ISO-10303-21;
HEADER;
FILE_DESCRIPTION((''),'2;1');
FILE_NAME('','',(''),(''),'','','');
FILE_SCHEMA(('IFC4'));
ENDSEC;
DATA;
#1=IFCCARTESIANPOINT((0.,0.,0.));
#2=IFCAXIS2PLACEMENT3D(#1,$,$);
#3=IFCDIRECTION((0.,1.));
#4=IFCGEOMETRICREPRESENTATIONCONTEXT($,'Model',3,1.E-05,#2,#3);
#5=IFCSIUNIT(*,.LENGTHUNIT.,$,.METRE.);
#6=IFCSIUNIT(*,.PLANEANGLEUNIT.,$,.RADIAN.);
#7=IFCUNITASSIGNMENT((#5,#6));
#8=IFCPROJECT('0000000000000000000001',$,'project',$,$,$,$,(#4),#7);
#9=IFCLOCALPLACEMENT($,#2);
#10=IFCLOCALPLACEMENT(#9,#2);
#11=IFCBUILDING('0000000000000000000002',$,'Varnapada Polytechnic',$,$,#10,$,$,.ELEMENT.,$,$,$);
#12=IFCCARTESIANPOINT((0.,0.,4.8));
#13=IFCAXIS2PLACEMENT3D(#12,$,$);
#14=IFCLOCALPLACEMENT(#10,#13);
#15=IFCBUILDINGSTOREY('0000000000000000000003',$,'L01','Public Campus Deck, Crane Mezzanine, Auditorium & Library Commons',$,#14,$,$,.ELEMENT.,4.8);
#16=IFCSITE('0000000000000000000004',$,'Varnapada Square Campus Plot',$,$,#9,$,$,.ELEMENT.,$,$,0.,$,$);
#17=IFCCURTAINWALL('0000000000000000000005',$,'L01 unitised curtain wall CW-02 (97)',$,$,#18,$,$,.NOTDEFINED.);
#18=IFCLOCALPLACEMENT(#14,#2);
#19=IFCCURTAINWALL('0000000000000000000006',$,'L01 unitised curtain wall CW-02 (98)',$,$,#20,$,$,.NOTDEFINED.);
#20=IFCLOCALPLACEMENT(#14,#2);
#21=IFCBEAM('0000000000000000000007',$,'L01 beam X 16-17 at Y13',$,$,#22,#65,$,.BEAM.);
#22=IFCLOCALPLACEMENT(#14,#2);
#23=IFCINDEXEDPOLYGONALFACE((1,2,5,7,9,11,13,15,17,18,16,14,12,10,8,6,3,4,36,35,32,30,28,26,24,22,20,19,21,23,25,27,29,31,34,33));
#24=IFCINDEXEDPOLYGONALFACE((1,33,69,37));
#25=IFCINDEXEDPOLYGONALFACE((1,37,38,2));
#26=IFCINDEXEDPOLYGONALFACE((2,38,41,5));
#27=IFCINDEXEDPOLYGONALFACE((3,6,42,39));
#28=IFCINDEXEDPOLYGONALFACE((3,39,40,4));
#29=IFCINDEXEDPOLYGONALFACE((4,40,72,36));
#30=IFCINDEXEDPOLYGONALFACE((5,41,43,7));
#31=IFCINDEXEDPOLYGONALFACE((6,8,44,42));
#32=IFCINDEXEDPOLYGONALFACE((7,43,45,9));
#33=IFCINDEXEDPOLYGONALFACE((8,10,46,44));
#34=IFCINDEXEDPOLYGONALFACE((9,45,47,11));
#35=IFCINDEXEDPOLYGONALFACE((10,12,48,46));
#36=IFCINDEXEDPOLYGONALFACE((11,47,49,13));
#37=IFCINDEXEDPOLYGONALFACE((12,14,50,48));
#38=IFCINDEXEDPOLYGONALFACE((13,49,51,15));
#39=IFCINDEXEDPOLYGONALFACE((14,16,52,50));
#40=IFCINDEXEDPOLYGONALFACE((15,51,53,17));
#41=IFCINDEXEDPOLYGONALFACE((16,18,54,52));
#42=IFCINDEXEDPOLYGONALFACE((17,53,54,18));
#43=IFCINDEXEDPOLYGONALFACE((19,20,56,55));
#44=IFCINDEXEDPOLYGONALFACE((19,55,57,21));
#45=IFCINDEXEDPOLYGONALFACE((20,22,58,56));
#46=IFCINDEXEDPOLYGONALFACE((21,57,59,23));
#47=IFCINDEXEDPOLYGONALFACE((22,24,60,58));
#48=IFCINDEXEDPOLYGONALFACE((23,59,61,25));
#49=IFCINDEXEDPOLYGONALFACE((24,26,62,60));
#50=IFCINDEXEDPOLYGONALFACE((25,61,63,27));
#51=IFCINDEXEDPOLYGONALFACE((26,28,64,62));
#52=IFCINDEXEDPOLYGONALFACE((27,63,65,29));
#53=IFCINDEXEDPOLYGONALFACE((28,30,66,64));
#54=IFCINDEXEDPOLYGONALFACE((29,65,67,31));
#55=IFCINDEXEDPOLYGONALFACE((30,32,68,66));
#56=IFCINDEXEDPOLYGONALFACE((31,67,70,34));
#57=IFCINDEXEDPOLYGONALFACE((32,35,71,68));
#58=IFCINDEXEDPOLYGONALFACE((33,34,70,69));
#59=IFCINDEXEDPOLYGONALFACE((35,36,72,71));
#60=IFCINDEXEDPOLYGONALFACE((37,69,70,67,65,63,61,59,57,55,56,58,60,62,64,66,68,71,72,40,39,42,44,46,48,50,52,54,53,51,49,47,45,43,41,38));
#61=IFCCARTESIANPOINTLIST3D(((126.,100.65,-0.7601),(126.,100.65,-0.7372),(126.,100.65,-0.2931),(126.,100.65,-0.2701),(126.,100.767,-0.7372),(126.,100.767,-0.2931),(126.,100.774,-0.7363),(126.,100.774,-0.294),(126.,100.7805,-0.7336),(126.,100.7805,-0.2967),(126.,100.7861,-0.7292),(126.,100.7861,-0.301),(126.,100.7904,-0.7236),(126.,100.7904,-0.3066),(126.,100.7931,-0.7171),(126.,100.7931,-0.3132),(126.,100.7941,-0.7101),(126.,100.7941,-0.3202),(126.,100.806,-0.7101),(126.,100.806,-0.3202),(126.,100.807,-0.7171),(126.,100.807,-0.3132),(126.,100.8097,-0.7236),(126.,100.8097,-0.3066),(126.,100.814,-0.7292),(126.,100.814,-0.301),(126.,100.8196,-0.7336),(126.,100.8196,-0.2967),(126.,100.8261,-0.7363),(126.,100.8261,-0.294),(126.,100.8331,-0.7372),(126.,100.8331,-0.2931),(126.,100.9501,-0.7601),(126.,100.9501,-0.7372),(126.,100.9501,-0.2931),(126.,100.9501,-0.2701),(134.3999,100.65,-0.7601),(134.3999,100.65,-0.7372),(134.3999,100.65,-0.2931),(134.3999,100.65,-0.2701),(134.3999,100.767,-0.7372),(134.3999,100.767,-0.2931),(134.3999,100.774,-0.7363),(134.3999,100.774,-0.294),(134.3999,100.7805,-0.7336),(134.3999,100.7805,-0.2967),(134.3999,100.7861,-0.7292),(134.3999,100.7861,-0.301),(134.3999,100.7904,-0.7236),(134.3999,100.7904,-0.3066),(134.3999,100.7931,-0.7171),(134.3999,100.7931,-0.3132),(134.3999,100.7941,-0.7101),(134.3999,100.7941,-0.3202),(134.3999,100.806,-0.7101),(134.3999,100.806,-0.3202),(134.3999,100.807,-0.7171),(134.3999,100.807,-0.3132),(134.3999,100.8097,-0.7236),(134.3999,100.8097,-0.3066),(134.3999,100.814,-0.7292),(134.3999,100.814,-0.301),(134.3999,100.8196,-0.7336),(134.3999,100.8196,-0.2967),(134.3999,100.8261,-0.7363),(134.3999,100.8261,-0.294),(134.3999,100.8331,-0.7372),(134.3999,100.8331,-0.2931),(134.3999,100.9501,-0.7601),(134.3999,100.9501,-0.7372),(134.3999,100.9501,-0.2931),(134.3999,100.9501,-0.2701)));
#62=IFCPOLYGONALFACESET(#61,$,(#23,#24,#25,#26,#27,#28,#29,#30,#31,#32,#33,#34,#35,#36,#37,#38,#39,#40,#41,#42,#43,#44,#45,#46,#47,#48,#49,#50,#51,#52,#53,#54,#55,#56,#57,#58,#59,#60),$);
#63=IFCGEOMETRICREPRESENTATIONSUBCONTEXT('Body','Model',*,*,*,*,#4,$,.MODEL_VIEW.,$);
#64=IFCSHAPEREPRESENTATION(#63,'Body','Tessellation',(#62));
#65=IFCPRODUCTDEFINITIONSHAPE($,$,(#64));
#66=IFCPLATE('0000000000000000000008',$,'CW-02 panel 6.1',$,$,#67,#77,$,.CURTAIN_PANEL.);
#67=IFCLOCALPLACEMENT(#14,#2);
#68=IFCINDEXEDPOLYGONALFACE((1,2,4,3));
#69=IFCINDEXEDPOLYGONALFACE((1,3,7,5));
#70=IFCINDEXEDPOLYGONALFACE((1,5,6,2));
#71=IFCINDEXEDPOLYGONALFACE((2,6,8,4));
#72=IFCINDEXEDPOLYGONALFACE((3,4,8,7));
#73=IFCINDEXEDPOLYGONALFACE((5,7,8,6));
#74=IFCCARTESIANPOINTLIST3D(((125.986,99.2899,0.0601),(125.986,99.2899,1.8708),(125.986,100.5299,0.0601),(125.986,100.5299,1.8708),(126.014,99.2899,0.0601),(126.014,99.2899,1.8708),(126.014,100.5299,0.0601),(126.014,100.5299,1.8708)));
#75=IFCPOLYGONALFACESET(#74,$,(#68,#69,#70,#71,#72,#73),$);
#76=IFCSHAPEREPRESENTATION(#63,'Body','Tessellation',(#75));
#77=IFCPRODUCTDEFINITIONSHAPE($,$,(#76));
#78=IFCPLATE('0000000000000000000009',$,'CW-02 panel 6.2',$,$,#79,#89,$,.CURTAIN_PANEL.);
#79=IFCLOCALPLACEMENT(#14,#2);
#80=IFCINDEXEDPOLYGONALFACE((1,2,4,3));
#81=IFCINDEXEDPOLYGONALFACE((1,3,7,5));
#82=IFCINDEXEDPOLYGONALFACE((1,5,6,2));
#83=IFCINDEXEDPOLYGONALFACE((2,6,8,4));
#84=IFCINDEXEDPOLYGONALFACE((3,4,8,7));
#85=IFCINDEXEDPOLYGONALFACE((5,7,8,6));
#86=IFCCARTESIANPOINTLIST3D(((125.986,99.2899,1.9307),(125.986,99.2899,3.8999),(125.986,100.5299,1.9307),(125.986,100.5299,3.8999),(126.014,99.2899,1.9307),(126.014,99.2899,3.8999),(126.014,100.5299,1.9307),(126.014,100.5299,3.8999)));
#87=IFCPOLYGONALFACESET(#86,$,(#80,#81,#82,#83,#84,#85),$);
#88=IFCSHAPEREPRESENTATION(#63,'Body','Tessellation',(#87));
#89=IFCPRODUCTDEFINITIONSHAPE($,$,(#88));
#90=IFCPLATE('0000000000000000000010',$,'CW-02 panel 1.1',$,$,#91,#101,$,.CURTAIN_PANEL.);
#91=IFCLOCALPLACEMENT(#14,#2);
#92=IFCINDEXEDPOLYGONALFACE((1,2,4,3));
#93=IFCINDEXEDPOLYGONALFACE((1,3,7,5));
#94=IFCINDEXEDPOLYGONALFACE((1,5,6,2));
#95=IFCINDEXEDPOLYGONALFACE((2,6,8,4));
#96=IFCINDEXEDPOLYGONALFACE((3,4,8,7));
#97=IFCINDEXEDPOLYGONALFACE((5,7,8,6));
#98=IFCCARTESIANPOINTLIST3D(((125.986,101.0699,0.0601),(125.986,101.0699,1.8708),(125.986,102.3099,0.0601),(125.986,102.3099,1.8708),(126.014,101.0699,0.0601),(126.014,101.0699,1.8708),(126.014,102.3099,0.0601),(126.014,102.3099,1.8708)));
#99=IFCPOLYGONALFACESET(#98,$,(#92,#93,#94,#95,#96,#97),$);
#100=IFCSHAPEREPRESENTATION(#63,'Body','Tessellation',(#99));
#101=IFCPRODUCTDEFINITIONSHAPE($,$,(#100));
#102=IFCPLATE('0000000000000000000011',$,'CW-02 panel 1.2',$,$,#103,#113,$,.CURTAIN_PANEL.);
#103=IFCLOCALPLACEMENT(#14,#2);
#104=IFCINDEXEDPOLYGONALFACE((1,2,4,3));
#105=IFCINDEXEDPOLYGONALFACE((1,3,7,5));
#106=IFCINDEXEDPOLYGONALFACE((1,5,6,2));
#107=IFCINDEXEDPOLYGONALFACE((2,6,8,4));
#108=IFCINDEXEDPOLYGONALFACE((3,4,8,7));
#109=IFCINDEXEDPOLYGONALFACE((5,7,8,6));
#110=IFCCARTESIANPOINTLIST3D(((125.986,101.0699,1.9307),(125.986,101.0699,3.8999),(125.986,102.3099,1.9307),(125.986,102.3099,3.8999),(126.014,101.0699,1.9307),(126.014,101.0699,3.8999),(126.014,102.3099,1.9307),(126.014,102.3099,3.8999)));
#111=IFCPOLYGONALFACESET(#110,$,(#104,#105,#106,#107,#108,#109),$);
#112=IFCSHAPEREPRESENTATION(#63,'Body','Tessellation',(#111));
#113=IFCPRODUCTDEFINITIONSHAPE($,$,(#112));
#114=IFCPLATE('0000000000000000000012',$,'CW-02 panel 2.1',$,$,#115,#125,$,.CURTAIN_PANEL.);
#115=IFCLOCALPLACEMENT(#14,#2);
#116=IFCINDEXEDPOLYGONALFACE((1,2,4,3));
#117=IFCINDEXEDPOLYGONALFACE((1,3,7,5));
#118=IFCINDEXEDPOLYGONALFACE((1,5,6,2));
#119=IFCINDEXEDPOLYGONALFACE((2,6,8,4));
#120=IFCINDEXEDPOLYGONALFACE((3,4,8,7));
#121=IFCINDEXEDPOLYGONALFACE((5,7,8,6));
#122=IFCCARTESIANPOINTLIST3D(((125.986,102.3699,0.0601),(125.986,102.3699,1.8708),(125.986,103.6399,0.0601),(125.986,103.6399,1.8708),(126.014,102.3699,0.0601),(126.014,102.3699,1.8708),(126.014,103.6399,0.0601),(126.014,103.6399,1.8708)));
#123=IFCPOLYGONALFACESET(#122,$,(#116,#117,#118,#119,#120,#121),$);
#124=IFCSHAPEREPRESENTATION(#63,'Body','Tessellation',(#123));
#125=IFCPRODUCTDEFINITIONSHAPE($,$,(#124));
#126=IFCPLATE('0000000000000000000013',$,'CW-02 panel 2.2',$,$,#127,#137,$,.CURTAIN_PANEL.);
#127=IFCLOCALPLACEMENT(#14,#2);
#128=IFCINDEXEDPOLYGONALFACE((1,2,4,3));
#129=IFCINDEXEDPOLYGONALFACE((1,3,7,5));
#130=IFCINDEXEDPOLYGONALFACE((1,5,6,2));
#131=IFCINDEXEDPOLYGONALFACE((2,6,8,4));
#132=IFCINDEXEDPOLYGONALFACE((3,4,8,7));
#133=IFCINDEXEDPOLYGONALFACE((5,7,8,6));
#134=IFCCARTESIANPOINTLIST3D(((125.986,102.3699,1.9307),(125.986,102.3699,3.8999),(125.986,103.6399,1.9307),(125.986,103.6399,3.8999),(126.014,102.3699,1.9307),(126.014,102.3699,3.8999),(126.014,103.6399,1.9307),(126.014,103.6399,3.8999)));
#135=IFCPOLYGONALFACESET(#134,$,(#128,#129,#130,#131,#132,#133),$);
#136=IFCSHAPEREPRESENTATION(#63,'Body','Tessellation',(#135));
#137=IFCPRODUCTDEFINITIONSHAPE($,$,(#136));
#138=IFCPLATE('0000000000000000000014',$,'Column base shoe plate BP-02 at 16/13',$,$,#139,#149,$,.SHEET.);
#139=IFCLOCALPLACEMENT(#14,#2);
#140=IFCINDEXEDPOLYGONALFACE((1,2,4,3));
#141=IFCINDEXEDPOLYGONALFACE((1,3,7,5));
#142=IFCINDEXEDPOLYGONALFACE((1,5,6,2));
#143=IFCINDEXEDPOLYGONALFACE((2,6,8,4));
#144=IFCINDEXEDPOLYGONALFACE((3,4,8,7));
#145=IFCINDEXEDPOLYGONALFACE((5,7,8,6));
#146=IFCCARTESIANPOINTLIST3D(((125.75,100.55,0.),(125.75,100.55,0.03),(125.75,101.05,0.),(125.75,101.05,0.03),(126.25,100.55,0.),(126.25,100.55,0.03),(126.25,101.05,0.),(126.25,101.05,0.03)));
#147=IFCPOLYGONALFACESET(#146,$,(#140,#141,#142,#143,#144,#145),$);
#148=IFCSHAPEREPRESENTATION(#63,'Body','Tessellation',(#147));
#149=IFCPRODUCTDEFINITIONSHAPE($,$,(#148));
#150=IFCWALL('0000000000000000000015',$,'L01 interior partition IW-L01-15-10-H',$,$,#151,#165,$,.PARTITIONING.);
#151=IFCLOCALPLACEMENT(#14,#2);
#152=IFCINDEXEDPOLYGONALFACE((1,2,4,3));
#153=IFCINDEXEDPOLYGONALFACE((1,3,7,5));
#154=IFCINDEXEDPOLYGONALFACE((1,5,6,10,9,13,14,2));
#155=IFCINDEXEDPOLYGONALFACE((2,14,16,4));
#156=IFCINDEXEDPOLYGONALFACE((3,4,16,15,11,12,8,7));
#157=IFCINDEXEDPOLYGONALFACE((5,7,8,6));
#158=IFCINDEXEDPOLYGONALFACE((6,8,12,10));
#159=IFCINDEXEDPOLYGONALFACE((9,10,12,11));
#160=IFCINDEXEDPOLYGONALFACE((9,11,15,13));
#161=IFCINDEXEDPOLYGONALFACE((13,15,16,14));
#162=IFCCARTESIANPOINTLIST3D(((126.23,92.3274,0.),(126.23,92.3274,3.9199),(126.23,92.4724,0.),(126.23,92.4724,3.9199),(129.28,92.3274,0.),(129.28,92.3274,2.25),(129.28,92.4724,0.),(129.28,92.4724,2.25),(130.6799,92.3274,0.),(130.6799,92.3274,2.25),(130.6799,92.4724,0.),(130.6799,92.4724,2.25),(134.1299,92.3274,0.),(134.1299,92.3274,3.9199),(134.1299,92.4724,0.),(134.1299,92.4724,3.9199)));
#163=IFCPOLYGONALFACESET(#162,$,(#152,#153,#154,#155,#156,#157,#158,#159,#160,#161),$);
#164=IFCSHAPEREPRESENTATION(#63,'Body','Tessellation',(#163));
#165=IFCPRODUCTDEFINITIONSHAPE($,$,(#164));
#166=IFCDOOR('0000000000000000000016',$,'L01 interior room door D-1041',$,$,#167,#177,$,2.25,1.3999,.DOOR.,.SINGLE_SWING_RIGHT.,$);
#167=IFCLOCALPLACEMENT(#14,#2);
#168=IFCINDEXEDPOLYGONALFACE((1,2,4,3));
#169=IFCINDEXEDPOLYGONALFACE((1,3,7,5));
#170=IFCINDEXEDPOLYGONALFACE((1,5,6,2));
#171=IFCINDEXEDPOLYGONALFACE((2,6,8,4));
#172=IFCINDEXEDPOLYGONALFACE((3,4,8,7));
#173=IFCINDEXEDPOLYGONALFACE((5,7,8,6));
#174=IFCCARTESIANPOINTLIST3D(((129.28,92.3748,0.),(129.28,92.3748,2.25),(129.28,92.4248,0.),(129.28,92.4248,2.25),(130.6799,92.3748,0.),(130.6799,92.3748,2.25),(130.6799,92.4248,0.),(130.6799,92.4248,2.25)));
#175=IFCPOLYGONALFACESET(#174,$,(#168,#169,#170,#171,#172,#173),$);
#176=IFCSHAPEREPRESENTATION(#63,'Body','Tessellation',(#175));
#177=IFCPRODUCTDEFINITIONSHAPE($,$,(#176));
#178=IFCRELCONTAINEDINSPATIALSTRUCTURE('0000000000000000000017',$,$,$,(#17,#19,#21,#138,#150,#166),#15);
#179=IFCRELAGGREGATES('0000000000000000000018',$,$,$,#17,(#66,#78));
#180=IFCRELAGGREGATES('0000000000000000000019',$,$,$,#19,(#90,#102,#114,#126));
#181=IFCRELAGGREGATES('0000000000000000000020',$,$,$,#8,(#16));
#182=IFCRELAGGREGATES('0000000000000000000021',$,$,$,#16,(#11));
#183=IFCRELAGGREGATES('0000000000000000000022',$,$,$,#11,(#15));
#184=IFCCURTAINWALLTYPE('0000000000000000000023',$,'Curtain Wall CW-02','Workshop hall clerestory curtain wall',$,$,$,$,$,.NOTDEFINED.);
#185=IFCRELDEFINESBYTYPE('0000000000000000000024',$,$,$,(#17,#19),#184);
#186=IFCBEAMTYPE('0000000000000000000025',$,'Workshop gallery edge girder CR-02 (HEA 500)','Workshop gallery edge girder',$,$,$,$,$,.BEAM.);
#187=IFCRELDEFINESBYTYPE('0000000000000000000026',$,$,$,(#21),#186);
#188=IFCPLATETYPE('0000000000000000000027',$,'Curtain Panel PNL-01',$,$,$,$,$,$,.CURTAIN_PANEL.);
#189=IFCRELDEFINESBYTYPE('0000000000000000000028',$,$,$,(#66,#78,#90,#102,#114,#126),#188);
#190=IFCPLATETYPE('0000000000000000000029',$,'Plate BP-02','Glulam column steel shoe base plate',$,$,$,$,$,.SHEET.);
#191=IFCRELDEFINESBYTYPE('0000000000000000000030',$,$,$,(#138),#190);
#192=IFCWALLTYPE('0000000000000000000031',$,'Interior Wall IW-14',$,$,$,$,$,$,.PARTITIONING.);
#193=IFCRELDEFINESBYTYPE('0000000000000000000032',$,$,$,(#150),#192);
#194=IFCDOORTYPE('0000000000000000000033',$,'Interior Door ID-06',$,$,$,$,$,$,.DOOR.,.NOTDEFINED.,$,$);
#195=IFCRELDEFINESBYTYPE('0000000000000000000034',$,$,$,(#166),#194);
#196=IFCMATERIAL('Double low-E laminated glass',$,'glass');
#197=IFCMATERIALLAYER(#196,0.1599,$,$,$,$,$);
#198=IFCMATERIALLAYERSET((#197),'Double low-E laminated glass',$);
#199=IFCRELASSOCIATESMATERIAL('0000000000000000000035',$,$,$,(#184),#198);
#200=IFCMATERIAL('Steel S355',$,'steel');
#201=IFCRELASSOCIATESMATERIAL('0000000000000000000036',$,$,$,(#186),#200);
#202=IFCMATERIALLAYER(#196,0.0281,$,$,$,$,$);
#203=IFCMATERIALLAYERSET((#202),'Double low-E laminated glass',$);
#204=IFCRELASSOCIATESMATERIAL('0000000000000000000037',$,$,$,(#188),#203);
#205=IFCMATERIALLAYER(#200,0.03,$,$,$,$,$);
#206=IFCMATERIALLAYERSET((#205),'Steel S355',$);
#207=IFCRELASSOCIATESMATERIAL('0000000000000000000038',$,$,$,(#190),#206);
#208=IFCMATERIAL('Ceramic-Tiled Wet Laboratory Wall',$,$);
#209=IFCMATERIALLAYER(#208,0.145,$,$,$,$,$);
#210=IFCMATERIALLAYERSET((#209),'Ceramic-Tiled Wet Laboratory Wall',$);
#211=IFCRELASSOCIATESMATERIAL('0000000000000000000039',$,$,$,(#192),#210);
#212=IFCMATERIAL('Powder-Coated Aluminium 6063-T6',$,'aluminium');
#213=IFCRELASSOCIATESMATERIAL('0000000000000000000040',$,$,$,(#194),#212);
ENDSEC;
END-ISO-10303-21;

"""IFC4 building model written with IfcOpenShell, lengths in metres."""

from ifc_helpers import new_model, si_unit, direction, frame, frame_2d, origin, origin_2d, place, context, subcontext, project, spatial, rectangle, i_section, extrude, material, layer, layer_set, material_profile, profile_set, type_object, element, fill, aggregate, save


model = new_model("IFC4")

# Units and contexts
model_context = context("Model", 3, precision=1e-05, world=origin(), true_north=direction((0.0, 1.0)))
body_context = subcontext(model_context, "Body", "Model", "MODEL_VIEW")
ifc_project = project(units=[si_unit("LENGTHUNIT", "METRE"), si_unit("PLANEANGLEUNIT", "RADIAN")], contexts=[model_context])

# Site, building, storey
site_placement = place(None, origin())
site = spatial("IfcSite", under=ifc_project, at=site_placement, Name="Varnapada Square Campus Plot", CompositionType="ELEMENT", RefElevation=0.0)
building_placement = place(site_placement, origin())
building = spatial("IfcBuilding", under=site, at=building_placement, Name="Varnapada Polytechnic", CompositionType="ELEMENT")
storey_placement = place(building_placement, frame((0.0, 0.0, 4.8)))
storey = spatial("IfcBuildingStorey", under=building, at=storey_placement, Name="L01", Description="Public Campus Deck, Crane Mezzanine, Auditorium & Library Commons", CompositionType="ELEMENT", Elevation=4.8)

# Shared definitions
ifc_material_1 = material(Name="Steel S355", Category="steel")

# Curtain wall
ifc_material_2 = material(Name="Double low-E laminated glass", Category="glass")
ifc_layer_1 = layer(ifc_material_2, 0.1599)
ifc_layer_set_1 = layer_set([ifc_layer_1], Name="Double low-E laminated glass")
curtain_wall_type = type_object("IfcCurtainWallType", Name="Curtain Wall CW-02", Description="Workshop hall clerestory curtain wall", PredefinedType="NOTDEFINED", material=ifc_layer_set_1)
curtain_wall_1_placement = place(storey_placement, origin())
curtain_wall_1 = element("IfcCurtainWall", 1, at=curtain_wall_1_placement, inside=storey, type_object=curtain_wall_type, Name="L01 unitised curtain wall CW-02 (97)", PredefinedType="NOTDEFINED")

# Curtain wall
curtain_wall_2_placement = place(storey_placement, origin())
curtain_wall_2 = element("IfcCurtainWall", 2, at=curtain_wall_2_placement, inside=storey, type_object=curtain_wall_type, Name="L01 unitised curtain wall CW-02 (98)", PredefinedType="NOTDEFINED")

# Beam
ifc_material_profile_1 = material_profile(ifc_material_1, i_section(OverallWidth=0.3, OverallDepth=0.49, WebThickness=0.012, FlangeThickness=0.0229, FilletRadius=0.0271, at=origin_2d()), Name="HEA 500")
ifc_profile_set_1 = profile_set([ifc_material_profile_1], Name="Steel S355")
beam_type_1 = type_object("IfcBeamType", Name="Workshop gallery edge girder CR-02 (HEA 500)", Description="Workshop gallery edge girder", PredefinedType="BEAM", material=ifc_profile_set_1)
beam_1_placement = place(storey_placement, frame((126.0, 100.8, -0.5151), z_axis=(1.0, 0.0, 0.0), x_axis=(0.0, 1.0, 0.0)))
element("IfcBeam", 3, at=beam_1_placement, inside=storey, type_object=beam_type_1, Name="L01 beam X 16-17 at Y13", PredefinedType="BEAM", context=body_context, shape_type="SweptSolid", body=[
    extrude(i_section(OverallWidth=0.3, OverallDepth=0.49, WebThickness=0.012, FlangeThickness=0.0229, FilletRadius=0.0271, at=origin_2d()), origin(), (0.0, 0.0, 1.0), 8.3999),
])

# Plates
ifc_layer_2 = layer(ifc_material_2, 0.0281)
ifc_layer_set_2 = layer_set([ifc_layer_2], Name="Double low-E laminated glass")
plate_type_1 = type_object("IfcPlateType", Name="Curtain Panel PNL-01", PredefinedType="CURTAIN_PANEL", material=ifc_layer_set_2)
plate_1_placement = place(storey_placement, frame((126.0, 99.9099, 0.0601), z_axis=(0.0, 0.0, 1.0), x_axis=(0.0, 1.0, 0.0)))
plate_1 = element("IfcPlate", 4, at=plate_1_placement, type_object=plate_type_1, Name="CW-02 panel 6.1", PredefinedType="CURTAIN_PANEL", context=body_context, shape_type="SweptSolid", body=[
    extrude(rectangle(XDim=1.24, YDim=0.0281, at=origin_2d()), origin(), (0.0, 0.0, 1.0), 1.8108),
])
plate_2_placement = place(storey_placement, frame((126.0, 99.9099, 1.9307), z_axis=(0.0, 0.0, 1.0), x_axis=(0.0, 1.0, 0.0)))
plate_2 = element("IfcPlate", 5, at=plate_2_placement, type_object=plate_type_1, Name="CW-02 panel 6.2", PredefinedType="CURTAIN_PANEL", context=body_context, shape_type="SweptSolid", body=[
    extrude(rectangle(XDim=1.24, YDim=0.0281, at=origin_2d()), origin(), (0.0, 0.0, 1.0), 1.9692),
])
aggregate(curtain_wall_1, [plate_1, plate_2])
plate_3_placement = place(storey_placement, frame((126.0, 101.6899, 0.0601), z_axis=(0.0, 0.0, 1.0), x_axis=(0.0, 1.0, 0.0)))
plate_3 = element("IfcPlate", 6, at=plate_3_placement, type_object=plate_type_1, Name="CW-02 panel 1.1", PredefinedType="CURTAIN_PANEL", context=body_context, shape_type="SweptSolid", body=[
    extrude(rectangle(XDim=1.24, YDim=0.0281, at=origin_2d()), origin(), (0.0, 0.0, 1.0), 1.8108),
])
plate_4_placement = place(storey_placement, frame((126.0, 101.6899, 1.9307), z_axis=(0.0, 0.0, 1.0), x_axis=(0.0, 1.0, 0.0)))
plate_4 = element("IfcPlate", 7, at=plate_4_placement, type_object=plate_type_1, Name="CW-02 panel 1.2", PredefinedType="CURTAIN_PANEL", context=body_context, shape_type="SweptSolid", body=[
    extrude(rectangle(XDim=1.24, YDim=0.0281, at=origin_2d()), origin(), (0.0, 0.0, 1.0), 1.9692),
])
plate_5_placement = place(storey_placement, frame((126.0, 103.0049, 0.0601), z_axis=(0.0, 0.0, 1.0), x_axis=(0.0, 1.0, 0.0)))
plate_5 = element("IfcPlate", 8, at=plate_5_placement, type_object=plate_type_1, Name="CW-02 panel 2.1", PredefinedType="CURTAIN_PANEL", context=body_context, shape_type="SweptSolid", body=[
    extrude(rectangle(XDim=1.27, YDim=0.0281, at=origin_2d()), origin(), (0.0, 0.0, 1.0), 1.8108),
])
plate_6_placement = place(storey_placement, frame((126.0, 103.0049, 1.9307), z_axis=(0.0, 0.0, 1.0), x_axis=(0.0, 1.0, 0.0)))
plate_6 = element("IfcPlate", 9, at=plate_6_placement, type_object=plate_type_1, Name="CW-02 panel 2.2", PredefinedType="CURTAIN_PANEL", context=body_context, shape_type="SweptSolid", body=[
    extrude(rectangle(XDim=1.27, YDim=0.0281, at=origin_2d()), origin(), (0.0, 0.0, 1.0), 1.9692),
])
aggregate(curtain_wall_2, [plate_3, plate_4, plate_5, plate_6])
ifc_layer_3 = layer(ifc_material_1, 0.03)
ifc_layer_set_3 = layer_set([ifc_layer_3], Name="Steel S355")
plate_type_2 = type_object("IfcPlateType", Name="Plate BP-02", Description="Glulam column steel shoe base plate", PredefinedType="SHEET", material=ifc_layer_set_3)
plate_7_placement = place(storey_placement, frame((126.0, 100.8, 0.0), z_axis=(0.0, 0.0, 1.0), x_axis=(1.0, 0.0, 0.0)))
element("IfcPlate", 10, at=plate_7_placement, inside=storey, type_object=plate_type_2, Name="Column base shoe plate BP-02 at 16/13", PredefinedType="SHEET", context=body_context, shape_type="SweptSolid", body=[
    extrude(rectangle(XDim=0.5, YDim=0.5, at=origin_2d()), origin(), (0.0, 0.0, 1.0), 0.03),
])

# Wall, opening, door
ifc_material_3 = material(Name="Ceramic-Tiled Wet Laboratory Wall")
ifc_layer_4 = layer(ifc_material_3, 0.145)
ifc_layer_set_4 = layer_set([ifc_layer_4], Name="Ceramic-Tiled Wet Laboratory Wall")
wall_type_1 = type_object("IfcWallType", Name="Interior Wall IW-14", PredefinedType="PARTITIONING", material=ifc_layer_set_4)
wall_1_placement = place(storey_placement, frame((126.23, 92.3999, 0.0), z_axis=(0.0, 0.0, 1.0), x_axis=(1.0, 0.0, 0.0)))
wall_1 = element("IfcWall", 11, at=wall_1_placement, inside=storey, type_object=wall_type_1, Name="L01 interior partition IW-L01-15-10-H", PredefinedType="PARTITIONING", context=body_context, shape_type="SweptSolid", body=[
    extrude(rectangle(XDim=7.8999, YDim=0.145, at=frame_2d((3.95, 0.0))), origin(), (0.0, 0.0, 1.0), 3.9199),
])
opening_1_placement = place(wall_1_placement, frame((3.05, 0.0, 0.0)))
opening_1 = element("IfcOpeningElement", 12, at=opening_1_placement, cuts=wall_1, PredefinedType="OPENING", context=body_context, shape_type="SweptSolid", body=[
    extrude(rectangle(XDim=1.3999, YDim=2.25, at=frame_2d((0.7, 1.125))), frame((0.0, 0.0825, 0.0), z_axis=(0.0, -1.0, 0.0), x_axis=(1.0, 0.0, 0.0)), (0.0, 0.0, 1.0), 0.165),
])
ifc_material_4 = material(Name="Powder-Coated Aluminium 6063-T6", Category="aluminium")
door_type_1 = type_object("IfcDoorType", Name="Interior Door ID-06", OperationType="NOTDEFINED", PredefinedType="DOOR", material=ifc_material_4)
door_1_placement = place(opening_1_placement, origin())
door_1 = element("IfcDoor", 13, at=door_1_placement, inside=storey, type_object=door_type_1, Name="L01 interior room door D-1041", OperationType="SINGLE_SWING_RIGHT", OverallHeight=2.25, OverallWidth=1.3999, PredefinedType="DOOR", context=body_context, shape_type="SweptSolid", body=[
    extrude(rectangle(XDim=1.3999, YDim=2.25, at=frame_2d((0.7, 1.125))), frame((0.0, 0.0249, 0.0), z_axis=(0.0, -1.0, 0.0), x_axis=(1.0, 0.0, 0.0)), (0.0, 0.0, 1.0), 0.05),
])
fill(opening_1, door_1)

save(model, "model.ifc")
